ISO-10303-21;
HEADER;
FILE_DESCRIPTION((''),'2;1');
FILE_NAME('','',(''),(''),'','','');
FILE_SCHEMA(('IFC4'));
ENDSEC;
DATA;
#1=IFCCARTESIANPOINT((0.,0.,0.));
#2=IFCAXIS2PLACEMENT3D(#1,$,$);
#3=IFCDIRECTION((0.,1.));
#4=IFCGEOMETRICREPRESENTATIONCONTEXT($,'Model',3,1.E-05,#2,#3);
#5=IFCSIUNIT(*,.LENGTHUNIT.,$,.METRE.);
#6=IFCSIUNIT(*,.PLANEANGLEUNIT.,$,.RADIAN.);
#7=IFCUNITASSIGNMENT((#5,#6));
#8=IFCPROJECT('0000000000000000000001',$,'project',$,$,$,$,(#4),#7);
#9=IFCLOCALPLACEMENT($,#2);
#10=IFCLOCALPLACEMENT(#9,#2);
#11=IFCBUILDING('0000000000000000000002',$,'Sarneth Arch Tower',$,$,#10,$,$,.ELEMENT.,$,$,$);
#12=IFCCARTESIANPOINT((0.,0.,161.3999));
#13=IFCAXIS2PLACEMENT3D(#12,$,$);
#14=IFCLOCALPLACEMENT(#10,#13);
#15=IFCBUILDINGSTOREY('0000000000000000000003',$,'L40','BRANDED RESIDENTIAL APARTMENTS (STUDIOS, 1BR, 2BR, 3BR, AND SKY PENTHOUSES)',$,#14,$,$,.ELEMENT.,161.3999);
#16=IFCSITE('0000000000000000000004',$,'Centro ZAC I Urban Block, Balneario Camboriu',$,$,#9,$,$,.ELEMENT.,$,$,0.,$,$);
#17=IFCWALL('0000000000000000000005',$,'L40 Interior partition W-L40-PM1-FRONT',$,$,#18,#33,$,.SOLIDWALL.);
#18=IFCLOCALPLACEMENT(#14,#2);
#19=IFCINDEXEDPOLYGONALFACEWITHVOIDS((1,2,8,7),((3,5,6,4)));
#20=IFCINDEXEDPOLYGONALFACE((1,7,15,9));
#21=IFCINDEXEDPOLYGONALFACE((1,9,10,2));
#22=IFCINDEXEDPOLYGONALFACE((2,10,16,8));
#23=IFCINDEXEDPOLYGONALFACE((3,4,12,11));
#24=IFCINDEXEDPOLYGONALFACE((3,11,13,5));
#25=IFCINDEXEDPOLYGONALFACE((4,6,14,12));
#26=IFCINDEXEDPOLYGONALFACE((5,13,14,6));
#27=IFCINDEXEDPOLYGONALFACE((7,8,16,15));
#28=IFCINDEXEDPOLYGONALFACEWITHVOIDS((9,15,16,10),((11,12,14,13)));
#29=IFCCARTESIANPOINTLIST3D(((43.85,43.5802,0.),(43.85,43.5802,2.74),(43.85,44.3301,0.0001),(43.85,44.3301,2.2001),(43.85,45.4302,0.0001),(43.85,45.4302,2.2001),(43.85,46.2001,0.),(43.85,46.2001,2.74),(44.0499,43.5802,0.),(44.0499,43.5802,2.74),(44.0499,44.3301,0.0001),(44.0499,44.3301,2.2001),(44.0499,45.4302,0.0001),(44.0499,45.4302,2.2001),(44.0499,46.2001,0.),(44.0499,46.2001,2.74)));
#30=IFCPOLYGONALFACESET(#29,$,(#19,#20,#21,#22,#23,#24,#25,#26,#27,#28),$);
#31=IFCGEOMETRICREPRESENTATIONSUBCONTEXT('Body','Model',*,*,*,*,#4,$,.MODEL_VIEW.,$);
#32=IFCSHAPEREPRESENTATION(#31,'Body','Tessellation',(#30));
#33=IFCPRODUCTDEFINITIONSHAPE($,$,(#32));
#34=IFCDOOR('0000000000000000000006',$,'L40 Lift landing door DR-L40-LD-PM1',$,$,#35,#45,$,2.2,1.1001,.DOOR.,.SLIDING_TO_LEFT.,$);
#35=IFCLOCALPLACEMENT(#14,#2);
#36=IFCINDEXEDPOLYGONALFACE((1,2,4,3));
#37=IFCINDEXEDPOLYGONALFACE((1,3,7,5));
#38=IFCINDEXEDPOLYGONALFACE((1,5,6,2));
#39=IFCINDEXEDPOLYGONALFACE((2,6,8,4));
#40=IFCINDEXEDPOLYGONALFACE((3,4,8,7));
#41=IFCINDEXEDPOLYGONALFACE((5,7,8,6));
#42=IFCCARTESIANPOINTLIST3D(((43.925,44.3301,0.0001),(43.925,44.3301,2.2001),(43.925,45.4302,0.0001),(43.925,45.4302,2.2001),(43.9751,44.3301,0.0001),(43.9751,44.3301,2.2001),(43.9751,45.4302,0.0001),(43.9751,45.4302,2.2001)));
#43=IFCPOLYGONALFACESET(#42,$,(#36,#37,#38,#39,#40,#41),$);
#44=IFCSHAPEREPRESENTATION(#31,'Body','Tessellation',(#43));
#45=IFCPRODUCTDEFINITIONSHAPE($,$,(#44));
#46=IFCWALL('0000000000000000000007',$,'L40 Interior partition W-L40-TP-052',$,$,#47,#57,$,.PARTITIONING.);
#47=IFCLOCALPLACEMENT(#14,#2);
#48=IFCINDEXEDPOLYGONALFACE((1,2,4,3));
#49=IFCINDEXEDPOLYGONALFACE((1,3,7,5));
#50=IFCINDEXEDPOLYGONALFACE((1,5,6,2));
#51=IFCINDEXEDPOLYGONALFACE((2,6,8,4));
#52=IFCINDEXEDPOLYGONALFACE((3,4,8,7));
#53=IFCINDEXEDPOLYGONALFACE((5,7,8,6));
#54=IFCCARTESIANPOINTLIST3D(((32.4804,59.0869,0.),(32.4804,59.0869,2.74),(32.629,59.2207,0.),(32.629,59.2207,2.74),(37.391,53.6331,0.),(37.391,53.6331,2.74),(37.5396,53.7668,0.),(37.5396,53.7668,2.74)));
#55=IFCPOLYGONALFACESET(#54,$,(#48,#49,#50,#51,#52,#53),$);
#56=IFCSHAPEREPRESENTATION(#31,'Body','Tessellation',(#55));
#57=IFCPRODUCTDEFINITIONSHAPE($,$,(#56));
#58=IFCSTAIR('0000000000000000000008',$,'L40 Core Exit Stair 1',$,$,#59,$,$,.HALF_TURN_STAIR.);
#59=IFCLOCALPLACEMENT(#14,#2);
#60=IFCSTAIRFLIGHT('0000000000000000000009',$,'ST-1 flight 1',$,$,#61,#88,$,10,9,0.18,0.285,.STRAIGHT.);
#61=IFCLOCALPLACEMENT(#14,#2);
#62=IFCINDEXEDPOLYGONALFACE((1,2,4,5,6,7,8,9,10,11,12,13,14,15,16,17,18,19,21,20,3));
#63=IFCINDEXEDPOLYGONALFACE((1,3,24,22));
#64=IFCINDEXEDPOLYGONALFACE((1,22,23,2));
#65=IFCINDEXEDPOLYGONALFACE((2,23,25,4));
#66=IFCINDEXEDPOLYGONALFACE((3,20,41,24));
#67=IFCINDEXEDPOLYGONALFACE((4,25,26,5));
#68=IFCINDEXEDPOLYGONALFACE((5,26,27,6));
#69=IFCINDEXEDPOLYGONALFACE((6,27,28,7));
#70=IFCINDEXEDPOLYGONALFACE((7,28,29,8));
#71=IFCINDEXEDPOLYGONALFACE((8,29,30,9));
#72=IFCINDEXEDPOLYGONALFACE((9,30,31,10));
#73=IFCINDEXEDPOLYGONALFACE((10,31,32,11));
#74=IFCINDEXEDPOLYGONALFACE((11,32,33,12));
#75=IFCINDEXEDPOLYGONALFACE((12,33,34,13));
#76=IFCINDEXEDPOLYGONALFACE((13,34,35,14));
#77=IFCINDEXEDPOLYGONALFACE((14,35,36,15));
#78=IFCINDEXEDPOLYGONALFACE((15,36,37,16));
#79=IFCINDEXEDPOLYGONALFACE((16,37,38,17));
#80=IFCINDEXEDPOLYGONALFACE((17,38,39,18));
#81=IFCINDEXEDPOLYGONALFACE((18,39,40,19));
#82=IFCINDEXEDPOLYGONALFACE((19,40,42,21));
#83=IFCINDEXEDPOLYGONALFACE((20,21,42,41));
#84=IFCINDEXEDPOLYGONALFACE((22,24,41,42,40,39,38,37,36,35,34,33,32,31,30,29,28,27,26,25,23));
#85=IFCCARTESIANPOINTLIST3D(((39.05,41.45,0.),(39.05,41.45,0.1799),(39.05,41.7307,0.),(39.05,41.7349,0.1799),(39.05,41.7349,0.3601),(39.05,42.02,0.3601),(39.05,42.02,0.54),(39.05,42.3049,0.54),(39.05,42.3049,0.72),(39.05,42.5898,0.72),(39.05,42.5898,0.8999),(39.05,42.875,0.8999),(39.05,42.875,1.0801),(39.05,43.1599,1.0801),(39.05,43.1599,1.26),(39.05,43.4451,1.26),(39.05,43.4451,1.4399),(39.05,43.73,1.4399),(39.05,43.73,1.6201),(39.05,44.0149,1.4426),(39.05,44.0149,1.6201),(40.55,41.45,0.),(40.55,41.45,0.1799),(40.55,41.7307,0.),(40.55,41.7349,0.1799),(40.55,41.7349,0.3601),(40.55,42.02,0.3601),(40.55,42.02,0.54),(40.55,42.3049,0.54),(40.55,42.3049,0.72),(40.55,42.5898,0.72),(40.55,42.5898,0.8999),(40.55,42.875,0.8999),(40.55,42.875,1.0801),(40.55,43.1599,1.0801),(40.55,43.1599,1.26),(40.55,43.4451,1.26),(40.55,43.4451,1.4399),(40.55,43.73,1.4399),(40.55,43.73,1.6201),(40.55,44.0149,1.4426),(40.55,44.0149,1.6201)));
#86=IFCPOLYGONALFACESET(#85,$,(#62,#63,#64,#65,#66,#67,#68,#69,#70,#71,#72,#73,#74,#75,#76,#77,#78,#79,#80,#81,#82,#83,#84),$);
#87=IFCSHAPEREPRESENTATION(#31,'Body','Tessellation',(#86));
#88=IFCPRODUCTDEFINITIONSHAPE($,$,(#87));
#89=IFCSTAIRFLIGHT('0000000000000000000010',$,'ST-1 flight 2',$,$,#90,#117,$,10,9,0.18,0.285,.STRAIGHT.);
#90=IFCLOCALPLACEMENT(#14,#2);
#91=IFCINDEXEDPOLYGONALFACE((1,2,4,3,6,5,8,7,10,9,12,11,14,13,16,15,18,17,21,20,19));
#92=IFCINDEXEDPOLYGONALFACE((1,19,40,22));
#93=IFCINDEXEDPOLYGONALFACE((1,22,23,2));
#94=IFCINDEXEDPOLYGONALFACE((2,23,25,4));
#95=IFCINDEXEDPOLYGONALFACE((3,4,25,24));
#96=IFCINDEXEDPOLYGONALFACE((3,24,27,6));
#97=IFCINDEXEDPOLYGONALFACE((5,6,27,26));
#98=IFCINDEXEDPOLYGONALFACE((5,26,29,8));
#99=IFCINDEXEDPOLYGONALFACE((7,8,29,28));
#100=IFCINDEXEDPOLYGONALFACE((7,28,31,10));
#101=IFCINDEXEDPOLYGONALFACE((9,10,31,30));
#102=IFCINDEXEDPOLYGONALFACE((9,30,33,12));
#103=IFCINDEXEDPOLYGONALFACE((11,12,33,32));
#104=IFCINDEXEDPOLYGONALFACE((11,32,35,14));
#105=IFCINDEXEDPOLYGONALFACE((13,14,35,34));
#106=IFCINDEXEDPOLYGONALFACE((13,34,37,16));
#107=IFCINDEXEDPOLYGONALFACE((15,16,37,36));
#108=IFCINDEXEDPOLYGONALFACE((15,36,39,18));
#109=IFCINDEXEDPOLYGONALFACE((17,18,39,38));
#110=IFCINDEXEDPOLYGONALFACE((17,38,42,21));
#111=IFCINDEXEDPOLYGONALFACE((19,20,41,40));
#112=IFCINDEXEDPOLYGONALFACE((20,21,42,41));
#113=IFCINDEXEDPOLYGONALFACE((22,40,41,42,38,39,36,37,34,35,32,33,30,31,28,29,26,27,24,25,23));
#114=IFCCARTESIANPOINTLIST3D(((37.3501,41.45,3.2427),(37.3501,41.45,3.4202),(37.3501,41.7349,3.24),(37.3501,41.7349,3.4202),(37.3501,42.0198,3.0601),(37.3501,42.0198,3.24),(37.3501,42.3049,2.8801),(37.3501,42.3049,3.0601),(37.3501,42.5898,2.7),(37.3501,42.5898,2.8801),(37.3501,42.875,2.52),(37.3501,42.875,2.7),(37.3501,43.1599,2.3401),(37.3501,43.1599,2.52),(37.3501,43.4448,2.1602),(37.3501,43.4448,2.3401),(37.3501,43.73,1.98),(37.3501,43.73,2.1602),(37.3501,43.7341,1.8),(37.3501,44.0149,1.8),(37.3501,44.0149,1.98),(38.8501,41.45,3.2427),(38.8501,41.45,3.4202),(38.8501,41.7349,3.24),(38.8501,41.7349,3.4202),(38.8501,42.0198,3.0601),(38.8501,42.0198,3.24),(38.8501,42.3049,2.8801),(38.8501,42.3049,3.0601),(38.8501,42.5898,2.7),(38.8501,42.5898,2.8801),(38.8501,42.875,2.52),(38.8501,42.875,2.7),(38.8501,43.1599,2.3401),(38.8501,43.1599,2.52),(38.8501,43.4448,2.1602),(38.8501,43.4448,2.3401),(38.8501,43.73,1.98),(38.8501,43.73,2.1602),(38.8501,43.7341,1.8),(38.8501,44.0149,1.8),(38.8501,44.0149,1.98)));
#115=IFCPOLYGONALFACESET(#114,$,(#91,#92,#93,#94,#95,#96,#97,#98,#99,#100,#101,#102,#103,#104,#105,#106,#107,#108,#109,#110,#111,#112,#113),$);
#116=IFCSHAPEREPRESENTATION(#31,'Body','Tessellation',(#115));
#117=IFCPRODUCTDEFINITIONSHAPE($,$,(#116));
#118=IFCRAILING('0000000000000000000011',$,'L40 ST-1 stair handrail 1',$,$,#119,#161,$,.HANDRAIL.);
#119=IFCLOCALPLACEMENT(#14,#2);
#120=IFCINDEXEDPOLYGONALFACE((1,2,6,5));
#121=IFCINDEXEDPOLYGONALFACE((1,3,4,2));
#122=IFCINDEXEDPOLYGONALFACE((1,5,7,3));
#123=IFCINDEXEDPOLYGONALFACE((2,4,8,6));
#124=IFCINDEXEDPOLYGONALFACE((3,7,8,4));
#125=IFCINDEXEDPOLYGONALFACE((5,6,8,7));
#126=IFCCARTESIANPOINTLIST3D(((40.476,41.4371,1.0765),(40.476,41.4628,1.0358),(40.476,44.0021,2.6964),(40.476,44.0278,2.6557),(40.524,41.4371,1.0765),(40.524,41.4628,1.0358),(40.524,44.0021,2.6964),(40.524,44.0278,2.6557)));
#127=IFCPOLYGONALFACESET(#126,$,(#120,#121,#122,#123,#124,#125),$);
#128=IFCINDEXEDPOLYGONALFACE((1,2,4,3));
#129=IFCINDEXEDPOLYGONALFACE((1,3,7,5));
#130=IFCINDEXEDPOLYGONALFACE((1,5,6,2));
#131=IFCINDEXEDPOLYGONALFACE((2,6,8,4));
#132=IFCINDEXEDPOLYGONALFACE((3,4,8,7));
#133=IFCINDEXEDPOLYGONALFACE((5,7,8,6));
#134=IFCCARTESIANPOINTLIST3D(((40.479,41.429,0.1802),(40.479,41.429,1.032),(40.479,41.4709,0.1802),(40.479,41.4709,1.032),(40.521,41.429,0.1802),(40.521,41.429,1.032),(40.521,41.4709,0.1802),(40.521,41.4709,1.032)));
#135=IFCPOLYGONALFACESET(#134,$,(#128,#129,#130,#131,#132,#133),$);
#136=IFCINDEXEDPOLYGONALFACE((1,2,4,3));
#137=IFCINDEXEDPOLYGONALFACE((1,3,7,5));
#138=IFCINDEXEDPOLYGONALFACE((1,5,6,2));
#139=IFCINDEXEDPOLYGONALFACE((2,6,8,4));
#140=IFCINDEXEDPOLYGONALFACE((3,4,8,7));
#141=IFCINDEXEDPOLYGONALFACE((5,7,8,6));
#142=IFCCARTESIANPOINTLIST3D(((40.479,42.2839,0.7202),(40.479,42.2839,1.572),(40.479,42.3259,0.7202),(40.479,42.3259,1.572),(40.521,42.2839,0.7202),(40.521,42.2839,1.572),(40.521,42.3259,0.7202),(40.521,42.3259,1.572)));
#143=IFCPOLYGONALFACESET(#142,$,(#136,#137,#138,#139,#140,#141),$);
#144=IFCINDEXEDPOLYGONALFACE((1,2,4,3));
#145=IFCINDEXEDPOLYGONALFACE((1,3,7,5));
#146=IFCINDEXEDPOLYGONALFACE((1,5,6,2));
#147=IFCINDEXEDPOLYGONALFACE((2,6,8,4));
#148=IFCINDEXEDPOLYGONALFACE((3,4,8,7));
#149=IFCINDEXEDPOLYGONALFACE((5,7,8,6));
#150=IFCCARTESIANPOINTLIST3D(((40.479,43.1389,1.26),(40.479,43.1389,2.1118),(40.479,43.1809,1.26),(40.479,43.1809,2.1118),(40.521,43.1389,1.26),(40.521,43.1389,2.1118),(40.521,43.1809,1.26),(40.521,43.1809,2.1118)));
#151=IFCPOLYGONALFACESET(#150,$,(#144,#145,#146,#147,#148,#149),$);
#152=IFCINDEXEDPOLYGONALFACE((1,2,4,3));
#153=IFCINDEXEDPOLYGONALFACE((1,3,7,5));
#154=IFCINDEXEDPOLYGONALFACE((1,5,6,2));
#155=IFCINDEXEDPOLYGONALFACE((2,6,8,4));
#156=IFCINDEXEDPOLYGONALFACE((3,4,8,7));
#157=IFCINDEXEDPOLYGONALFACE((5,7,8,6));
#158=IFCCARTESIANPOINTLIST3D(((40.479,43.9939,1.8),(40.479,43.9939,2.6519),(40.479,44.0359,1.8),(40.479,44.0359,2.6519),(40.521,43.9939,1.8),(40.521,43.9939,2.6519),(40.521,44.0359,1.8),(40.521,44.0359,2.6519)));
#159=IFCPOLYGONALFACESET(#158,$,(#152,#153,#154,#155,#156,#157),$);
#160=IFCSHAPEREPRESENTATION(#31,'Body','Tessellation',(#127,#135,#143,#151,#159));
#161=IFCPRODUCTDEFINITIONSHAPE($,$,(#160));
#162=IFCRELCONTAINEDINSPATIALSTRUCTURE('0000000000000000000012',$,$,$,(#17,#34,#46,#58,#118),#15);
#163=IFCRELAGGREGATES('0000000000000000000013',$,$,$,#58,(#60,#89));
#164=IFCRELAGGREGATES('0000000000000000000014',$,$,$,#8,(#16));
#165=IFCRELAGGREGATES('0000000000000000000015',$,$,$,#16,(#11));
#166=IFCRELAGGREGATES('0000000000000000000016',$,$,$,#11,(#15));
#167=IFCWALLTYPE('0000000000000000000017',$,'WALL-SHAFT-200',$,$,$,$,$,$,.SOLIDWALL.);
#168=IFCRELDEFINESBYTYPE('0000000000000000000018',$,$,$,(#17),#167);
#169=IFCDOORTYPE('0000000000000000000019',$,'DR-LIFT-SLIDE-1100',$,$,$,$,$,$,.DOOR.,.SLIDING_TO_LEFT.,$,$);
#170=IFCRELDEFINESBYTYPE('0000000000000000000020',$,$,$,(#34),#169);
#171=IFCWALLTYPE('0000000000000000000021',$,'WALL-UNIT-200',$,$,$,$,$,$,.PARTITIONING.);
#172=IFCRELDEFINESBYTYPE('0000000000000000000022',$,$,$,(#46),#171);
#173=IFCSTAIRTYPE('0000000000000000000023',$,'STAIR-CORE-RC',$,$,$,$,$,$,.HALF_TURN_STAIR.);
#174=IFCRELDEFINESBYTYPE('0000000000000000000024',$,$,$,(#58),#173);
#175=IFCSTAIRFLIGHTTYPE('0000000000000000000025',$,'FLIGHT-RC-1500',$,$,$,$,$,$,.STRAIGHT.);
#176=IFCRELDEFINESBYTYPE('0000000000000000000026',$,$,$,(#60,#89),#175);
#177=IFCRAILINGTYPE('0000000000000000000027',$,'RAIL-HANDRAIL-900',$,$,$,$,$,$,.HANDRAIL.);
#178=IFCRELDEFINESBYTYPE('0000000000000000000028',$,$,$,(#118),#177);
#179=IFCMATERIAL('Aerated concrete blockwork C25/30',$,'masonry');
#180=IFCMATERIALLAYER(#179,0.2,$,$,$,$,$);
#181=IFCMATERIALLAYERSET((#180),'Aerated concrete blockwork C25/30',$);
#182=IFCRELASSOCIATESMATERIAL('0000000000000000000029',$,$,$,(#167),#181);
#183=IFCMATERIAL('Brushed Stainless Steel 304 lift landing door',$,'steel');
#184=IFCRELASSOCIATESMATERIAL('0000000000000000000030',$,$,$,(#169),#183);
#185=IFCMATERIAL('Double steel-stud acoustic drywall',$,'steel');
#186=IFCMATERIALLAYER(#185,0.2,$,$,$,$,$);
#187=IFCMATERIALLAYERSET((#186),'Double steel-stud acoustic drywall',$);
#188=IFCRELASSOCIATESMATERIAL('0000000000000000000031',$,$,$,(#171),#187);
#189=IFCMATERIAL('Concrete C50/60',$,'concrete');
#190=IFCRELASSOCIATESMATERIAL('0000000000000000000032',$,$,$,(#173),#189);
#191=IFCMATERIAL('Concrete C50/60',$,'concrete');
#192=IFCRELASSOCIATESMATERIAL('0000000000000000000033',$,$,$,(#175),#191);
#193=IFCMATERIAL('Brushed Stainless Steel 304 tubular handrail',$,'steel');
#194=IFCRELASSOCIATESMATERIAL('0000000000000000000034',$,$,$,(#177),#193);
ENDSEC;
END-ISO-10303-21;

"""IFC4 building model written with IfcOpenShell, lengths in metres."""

from ifc_helpers import new_model, si_unit, direction, frame, frame_2d, origin, origin_2d, place, context, subcontext, project, spatial, polyline, rectangle, outline, extrude, material, layer, layer_set, type_object, element, fill, aggregate, save


model = new_model("IFC4")

# Units and contexts
model_context = context("Model", 3, precision=1e-05, world=origin(), true_north=direction((0.0, 1.0)))
body_context = subcontext(model_context, "Body", "Model", "MODEL_VIEW")
ifc_project = project(units=[si_unit("LENGTHUNIT", "METRE"), si_unit("PLANEANGLEUNIT", "RADIAN")], contexts=[model_context])

# Site, building, storey
site_placement = place(None, origin())
site = spatial("IfcSite", under=ifc_project, at=site_placement, Name="Centro ZAC I Urban Block, Balneario Camboriu", CompositionType="ELEMENT", RefElevation=0.0)
building_placement = place(site_placement, origin())
building = spatial("IfcBuilding", under=site, at=building_placement, Name="Sarneth Arch Tower", CompositionType="ELEMENT")
storey_placement = place(building_placement, frame((0.0, 0.0, 161.3999)))
storey = spatial("IfcBuildingStorey", under=building, at=storey_placement, Name="L40", Description="BRANDED RESIDENTIAL APARTMENTS (STUDIOS, 1BR, 2BR, 3BR, AND SKY PENTHOUSES)", CompositionType="ELEMENT", Elevation=161.3999)

# Shared definitions
ifc_material_1 = material(Name="Aerated concrete blockwork C25/30", Category="masonry")
ifc_layer_1 = layer(ifc_material_1, 0.2)
ifc_layer_set_1 = layer_set([ifc_layer_1], Name="Aerated concrete blockwork C25/30")
wall_type_1 = type_object("IfcWallType", Name="WALL-SHAFT-200", PredefinedType="SOLIDWALL", material=ifc_layer_set_1)

# Wall, opening, door
wall_1_placement = place(storey_placement, frame((43.95, 43.5801, 0.0), z_axis=(0.0, 0.0, 1.0), x_axis=(0.0, 1.0, 0.0)))
wall_1 = element("IfcWall", 1, at=wall_1_placement, inside=storey, type_object=wall_type_1, Name="L40 Interior partition W-L40-PM1-FRONT", PredefinedType="SOLIDWALL", context=body_context, shape_type="SweptSolid", body=[
    extrude(rectangle(XDim=2.6199, YDim=0.2, at=frame_2d((1.3101, 0.0))), origin(), (0.0, 0.0, 1.0), 2.74),
])
opening_1_placement = place(wall_1_placement, frame((0.75, 0.0, 0.0)))
opening_1 = element("IfcOpeningElement", 2, at=opening_1_placement, cuts=wall_1, PredefinedType="OPENING", context=body_context, shape_type="SweptSolid", body=[
    extrude(rectangle(XDim=1.1001, YDim=2.2, at=frame_2d((0.55, 1.1001))), frame((0.0, 0.1099, 0.0), z_axis=(0.0, -1.0, 0.0), x_axis=(1.0, 0.0, 0.0)), (0.0, 0.0, 1.0), 0.22),
])
ifc_material_2 = material(Name="Brushed Stainless Steel 304 lift landing door", Category="steel")
door_type_1 = type_object("IfcDoorType", Name="DR-LIFT-SLIDE-1100", OperationType="SLIDING_TO_LEFT", PredefinedType="DOOR", material=ifc_material_2)
door_1_placement = place(opening_1_placement, origin())
door_1 = element("IfcDoor", 3, at=door_1_placement, inside=storey, type_object=door_type_1, Name="L40 Lift landing door DR-L40-LD-PM1", OperationType="SLIDING_TO_LEFT", OverallHeight=2.2, OverallWidth=1.1001, PredefinedType="DOOR", context=body_context, shape_type="SweptSolid", body=[
    extrude(rectangle(XDim=1.1001, YDim=2.2, at=frame_2d((0.55, 1.1001))), frame((0.0, 0.0249, 0.0), z_axis=(0.0, -1.0, 0.0), x_axis=(1.0, 0.0, 0.0)), (0.0, 0.0, 1.0), 0.05),
])
fill(opening_1, door_1)

# Wall
ifc_material_3 = material(Name="Double steel-stud acoustic drywall", Category="steel")
ifc_layer_2 = layer(ifc_material_3, 0.2)
ifc_layer_set_2 = layer_set([ifc_layer_2], Name="Double steel-stud acoustic drywall")
wall_type_2 = type_object("IfcWallType", Name="WALL-UNIT-200", PredefinedType="PARTITIONING", material=ifc_layer_set_2)
wall_2_placement = place(storey_placement, frame((37.4653, 53.7, 0.0), z_axis=(0.0, 0.0, 1.0), x_axis=(-0.669128, 0.743147, 0.0)))
element("IfcWall", 4, at=wall_2_placement, inside=storey, type_object=wall_type_2, Name="L40 Interior partition W-L40-TP-052", PredefinedType="PARTITIONING", context=body_context, shape_type="SweptSolid", body=[
    extrude(rectangle(XDim=7.3389, YDim=0.2, at=frame_2d((3.6694, 0.0))), origin(), (0.0, 0.0, 1.0), 2.74),
])

# Stair, stair flights
ifc_material_4 = material(Name="Concrete C50/60", Category="concrete")
stair_type = type_object("IfcStairType", Name="STAIR-CORE-RC", PredefinedType="HALF_TURN_STAIR", material=ifc_material_4)
stair_placement = place(storey_placement, origin())
stair = element("IfcStair", 5, at=stair_placement, inside=storey, type_object=stair_type, Name="L40 Core Exit Stair 1", PredefinedType="HALF_TURN_STAIR")
ifc_material_5 = material(Name="Concrete C50/60", Category="concrete")
stair_flight_type = type_object("IfcStairFlightType", Name="FLIGHT-RC-1500", PredefinedType="STRAIGHT", material=ifc_material_5)
stair_flight_1_placement = place(storey_placement, frame((39.8, 41.45, 0.0), z_axis=(0.0, 0.0, 1.0), x_axis=(0.0, 1.0, 0.0)))
stair_flight_1 = element("IfcStairFlight", 6, at=stair_flight_1_placement, type_object=stair_flight_type, Name="ST-1 flight 1", NumberOfRisers=10, NumberOfTreads=9, PredefinedType="STRAIGHT", RiserHeight=0.18, TreadLength=0.285, context=body_context, shape_type="SweptSolid", body=[
    extrude(outline(polyline([(0.0, 0.0), (0.0, 0.1799), (0.2849, 0.1799), (0.2849, 0.3601), (0.5701, 0.3601), (0.5701, 0.54), (0.855, 0.54), (0.855, 0.72), (1.1399, 0.72), (1.1399, 0.8999), (1.425, 0.8999), (1.425, 1.0801), (1.71, 1.0801), (1.71, 1.26), (1.9951, 1.26), (1.9951, 1.4399), (2.28, 1.4399), (2.28, 1.6201), (2.5649, 1.6201), (2.5649, 1.8), (2.5649, 1.4426), (0.2808, 0.0), (0.0, 0.0)])), frame((0.0, 0.75, 0.0), z_axis=(0.0, -1.0, 0.0), x_axis=(1.0, 0.0, 0.0)), (0.0, 0.0, 1.0), 1.5),
])
stair_flight_2_placement = place(storey_placement, frame((38.1001, 44.0149, 1.8), z_axis=(0.0, 0.0, 1.0), x_axis=(0.0, -1.0, 0.0)))
stair_flight_2 = element("IfcStairFlight", 7, at=stair_flight_2_placement, type_object=stair_flight_type, Name="ST-1 flight 2", NumberOfRisers=10, NumberOfTreads=9, PredefinedType="STRAIGHT", RiserHeight=0.18, TreadLength=0.285, context=body_context, shape_type="SweptSolid", body=[
    extrude(outline(polyline([(0.0, 0.0), (0.0, 0.1799), (0.2849, 0.1799), (0.2849, 0.3601), (0.5701, 0.3601), (0.5701, 0.54), (0.855, 0.54), (0.855, 0.72), (1.1399, 0.72), (1.1399, 0.8999), (1.425, 0.8999), (1.425, 1.0801), (1.71, 1.0801), (1.71, 1.26), (1.9951, 1.26), (1.9951, 1.4399), (2.28, 1.4399), (2.28, 1.6201), (2.5649, 1.6201), (2.5649, 1.8), (2.5649, 1.4426), (0.2808, 0.0), (0.0, 0.0)])), frame((0.0, 0.75, 0.0), z_axis=(0.0, -1.0, 0.0), x_axis=(1.0, 0.0, 0.0)), (0.0, 0.0, 1.0), 1.5),
])
aggregate(stair, [stair_flight_1, stair_flight_2])

# Railing
ifc_material_6 = material(Name="Brushed Stainless Steel 304 tubular handrail", Category="steel")
railing_type_1 = type_object("IfcRailingType", Name="RAIL-HANDRAIL-900", PredefinedType="HANDRAIL", material=ifc_material_6)
railing_1_placement = place(storey_placement, frame((40.5, 41.45, 0.1802)))
element("IfcRailing", 8, at=railing_1_placement, inside=storey, type_object=railing_type_1, Name="L40 ST-1 stair handrail 1", PredefinedType="HANDRAIL", context=body_context, shape_type="SweptSolid", body=[
    extrude(rectangle(XDim=0.0481, YDim=0.0481, at=origin_2d()), frame((0.0, 0.0, 0.876), z_axis=(0.0, 0.845502, 0.533972), x_axis=(-1.0, 0.0, 0.0)), (0.0, 0.0, 1.0), 3.0337),
    extrude(rectangle(XDim=0.042, YDim=0.042, at=origin_2d()), origin(), (0.0, 0.0, 1.0), 0.8518),
    extrude(rectangle(XDim=0.042, YDim=0.042, at=origin_2d()), frame((0.0, 0.855, 0.54)), (0.0, 0.0, 1.0), 0.8518),
    extrude(rectangle(XDim=0.042, YDim=0.042, at=origin_2d()), frame((0.0, 1.71, 1.0798)), (0.0, 0.0, 1.0), 0.8518),
    extrude(rectangle(XDim=0.042, YDim=0.042, at=origin_2d()), frame((0.0, 2.5649, 1.6199)), (0.0, 0.0, 1.0), 0.8518),
])

save(model, "model.ifc")
